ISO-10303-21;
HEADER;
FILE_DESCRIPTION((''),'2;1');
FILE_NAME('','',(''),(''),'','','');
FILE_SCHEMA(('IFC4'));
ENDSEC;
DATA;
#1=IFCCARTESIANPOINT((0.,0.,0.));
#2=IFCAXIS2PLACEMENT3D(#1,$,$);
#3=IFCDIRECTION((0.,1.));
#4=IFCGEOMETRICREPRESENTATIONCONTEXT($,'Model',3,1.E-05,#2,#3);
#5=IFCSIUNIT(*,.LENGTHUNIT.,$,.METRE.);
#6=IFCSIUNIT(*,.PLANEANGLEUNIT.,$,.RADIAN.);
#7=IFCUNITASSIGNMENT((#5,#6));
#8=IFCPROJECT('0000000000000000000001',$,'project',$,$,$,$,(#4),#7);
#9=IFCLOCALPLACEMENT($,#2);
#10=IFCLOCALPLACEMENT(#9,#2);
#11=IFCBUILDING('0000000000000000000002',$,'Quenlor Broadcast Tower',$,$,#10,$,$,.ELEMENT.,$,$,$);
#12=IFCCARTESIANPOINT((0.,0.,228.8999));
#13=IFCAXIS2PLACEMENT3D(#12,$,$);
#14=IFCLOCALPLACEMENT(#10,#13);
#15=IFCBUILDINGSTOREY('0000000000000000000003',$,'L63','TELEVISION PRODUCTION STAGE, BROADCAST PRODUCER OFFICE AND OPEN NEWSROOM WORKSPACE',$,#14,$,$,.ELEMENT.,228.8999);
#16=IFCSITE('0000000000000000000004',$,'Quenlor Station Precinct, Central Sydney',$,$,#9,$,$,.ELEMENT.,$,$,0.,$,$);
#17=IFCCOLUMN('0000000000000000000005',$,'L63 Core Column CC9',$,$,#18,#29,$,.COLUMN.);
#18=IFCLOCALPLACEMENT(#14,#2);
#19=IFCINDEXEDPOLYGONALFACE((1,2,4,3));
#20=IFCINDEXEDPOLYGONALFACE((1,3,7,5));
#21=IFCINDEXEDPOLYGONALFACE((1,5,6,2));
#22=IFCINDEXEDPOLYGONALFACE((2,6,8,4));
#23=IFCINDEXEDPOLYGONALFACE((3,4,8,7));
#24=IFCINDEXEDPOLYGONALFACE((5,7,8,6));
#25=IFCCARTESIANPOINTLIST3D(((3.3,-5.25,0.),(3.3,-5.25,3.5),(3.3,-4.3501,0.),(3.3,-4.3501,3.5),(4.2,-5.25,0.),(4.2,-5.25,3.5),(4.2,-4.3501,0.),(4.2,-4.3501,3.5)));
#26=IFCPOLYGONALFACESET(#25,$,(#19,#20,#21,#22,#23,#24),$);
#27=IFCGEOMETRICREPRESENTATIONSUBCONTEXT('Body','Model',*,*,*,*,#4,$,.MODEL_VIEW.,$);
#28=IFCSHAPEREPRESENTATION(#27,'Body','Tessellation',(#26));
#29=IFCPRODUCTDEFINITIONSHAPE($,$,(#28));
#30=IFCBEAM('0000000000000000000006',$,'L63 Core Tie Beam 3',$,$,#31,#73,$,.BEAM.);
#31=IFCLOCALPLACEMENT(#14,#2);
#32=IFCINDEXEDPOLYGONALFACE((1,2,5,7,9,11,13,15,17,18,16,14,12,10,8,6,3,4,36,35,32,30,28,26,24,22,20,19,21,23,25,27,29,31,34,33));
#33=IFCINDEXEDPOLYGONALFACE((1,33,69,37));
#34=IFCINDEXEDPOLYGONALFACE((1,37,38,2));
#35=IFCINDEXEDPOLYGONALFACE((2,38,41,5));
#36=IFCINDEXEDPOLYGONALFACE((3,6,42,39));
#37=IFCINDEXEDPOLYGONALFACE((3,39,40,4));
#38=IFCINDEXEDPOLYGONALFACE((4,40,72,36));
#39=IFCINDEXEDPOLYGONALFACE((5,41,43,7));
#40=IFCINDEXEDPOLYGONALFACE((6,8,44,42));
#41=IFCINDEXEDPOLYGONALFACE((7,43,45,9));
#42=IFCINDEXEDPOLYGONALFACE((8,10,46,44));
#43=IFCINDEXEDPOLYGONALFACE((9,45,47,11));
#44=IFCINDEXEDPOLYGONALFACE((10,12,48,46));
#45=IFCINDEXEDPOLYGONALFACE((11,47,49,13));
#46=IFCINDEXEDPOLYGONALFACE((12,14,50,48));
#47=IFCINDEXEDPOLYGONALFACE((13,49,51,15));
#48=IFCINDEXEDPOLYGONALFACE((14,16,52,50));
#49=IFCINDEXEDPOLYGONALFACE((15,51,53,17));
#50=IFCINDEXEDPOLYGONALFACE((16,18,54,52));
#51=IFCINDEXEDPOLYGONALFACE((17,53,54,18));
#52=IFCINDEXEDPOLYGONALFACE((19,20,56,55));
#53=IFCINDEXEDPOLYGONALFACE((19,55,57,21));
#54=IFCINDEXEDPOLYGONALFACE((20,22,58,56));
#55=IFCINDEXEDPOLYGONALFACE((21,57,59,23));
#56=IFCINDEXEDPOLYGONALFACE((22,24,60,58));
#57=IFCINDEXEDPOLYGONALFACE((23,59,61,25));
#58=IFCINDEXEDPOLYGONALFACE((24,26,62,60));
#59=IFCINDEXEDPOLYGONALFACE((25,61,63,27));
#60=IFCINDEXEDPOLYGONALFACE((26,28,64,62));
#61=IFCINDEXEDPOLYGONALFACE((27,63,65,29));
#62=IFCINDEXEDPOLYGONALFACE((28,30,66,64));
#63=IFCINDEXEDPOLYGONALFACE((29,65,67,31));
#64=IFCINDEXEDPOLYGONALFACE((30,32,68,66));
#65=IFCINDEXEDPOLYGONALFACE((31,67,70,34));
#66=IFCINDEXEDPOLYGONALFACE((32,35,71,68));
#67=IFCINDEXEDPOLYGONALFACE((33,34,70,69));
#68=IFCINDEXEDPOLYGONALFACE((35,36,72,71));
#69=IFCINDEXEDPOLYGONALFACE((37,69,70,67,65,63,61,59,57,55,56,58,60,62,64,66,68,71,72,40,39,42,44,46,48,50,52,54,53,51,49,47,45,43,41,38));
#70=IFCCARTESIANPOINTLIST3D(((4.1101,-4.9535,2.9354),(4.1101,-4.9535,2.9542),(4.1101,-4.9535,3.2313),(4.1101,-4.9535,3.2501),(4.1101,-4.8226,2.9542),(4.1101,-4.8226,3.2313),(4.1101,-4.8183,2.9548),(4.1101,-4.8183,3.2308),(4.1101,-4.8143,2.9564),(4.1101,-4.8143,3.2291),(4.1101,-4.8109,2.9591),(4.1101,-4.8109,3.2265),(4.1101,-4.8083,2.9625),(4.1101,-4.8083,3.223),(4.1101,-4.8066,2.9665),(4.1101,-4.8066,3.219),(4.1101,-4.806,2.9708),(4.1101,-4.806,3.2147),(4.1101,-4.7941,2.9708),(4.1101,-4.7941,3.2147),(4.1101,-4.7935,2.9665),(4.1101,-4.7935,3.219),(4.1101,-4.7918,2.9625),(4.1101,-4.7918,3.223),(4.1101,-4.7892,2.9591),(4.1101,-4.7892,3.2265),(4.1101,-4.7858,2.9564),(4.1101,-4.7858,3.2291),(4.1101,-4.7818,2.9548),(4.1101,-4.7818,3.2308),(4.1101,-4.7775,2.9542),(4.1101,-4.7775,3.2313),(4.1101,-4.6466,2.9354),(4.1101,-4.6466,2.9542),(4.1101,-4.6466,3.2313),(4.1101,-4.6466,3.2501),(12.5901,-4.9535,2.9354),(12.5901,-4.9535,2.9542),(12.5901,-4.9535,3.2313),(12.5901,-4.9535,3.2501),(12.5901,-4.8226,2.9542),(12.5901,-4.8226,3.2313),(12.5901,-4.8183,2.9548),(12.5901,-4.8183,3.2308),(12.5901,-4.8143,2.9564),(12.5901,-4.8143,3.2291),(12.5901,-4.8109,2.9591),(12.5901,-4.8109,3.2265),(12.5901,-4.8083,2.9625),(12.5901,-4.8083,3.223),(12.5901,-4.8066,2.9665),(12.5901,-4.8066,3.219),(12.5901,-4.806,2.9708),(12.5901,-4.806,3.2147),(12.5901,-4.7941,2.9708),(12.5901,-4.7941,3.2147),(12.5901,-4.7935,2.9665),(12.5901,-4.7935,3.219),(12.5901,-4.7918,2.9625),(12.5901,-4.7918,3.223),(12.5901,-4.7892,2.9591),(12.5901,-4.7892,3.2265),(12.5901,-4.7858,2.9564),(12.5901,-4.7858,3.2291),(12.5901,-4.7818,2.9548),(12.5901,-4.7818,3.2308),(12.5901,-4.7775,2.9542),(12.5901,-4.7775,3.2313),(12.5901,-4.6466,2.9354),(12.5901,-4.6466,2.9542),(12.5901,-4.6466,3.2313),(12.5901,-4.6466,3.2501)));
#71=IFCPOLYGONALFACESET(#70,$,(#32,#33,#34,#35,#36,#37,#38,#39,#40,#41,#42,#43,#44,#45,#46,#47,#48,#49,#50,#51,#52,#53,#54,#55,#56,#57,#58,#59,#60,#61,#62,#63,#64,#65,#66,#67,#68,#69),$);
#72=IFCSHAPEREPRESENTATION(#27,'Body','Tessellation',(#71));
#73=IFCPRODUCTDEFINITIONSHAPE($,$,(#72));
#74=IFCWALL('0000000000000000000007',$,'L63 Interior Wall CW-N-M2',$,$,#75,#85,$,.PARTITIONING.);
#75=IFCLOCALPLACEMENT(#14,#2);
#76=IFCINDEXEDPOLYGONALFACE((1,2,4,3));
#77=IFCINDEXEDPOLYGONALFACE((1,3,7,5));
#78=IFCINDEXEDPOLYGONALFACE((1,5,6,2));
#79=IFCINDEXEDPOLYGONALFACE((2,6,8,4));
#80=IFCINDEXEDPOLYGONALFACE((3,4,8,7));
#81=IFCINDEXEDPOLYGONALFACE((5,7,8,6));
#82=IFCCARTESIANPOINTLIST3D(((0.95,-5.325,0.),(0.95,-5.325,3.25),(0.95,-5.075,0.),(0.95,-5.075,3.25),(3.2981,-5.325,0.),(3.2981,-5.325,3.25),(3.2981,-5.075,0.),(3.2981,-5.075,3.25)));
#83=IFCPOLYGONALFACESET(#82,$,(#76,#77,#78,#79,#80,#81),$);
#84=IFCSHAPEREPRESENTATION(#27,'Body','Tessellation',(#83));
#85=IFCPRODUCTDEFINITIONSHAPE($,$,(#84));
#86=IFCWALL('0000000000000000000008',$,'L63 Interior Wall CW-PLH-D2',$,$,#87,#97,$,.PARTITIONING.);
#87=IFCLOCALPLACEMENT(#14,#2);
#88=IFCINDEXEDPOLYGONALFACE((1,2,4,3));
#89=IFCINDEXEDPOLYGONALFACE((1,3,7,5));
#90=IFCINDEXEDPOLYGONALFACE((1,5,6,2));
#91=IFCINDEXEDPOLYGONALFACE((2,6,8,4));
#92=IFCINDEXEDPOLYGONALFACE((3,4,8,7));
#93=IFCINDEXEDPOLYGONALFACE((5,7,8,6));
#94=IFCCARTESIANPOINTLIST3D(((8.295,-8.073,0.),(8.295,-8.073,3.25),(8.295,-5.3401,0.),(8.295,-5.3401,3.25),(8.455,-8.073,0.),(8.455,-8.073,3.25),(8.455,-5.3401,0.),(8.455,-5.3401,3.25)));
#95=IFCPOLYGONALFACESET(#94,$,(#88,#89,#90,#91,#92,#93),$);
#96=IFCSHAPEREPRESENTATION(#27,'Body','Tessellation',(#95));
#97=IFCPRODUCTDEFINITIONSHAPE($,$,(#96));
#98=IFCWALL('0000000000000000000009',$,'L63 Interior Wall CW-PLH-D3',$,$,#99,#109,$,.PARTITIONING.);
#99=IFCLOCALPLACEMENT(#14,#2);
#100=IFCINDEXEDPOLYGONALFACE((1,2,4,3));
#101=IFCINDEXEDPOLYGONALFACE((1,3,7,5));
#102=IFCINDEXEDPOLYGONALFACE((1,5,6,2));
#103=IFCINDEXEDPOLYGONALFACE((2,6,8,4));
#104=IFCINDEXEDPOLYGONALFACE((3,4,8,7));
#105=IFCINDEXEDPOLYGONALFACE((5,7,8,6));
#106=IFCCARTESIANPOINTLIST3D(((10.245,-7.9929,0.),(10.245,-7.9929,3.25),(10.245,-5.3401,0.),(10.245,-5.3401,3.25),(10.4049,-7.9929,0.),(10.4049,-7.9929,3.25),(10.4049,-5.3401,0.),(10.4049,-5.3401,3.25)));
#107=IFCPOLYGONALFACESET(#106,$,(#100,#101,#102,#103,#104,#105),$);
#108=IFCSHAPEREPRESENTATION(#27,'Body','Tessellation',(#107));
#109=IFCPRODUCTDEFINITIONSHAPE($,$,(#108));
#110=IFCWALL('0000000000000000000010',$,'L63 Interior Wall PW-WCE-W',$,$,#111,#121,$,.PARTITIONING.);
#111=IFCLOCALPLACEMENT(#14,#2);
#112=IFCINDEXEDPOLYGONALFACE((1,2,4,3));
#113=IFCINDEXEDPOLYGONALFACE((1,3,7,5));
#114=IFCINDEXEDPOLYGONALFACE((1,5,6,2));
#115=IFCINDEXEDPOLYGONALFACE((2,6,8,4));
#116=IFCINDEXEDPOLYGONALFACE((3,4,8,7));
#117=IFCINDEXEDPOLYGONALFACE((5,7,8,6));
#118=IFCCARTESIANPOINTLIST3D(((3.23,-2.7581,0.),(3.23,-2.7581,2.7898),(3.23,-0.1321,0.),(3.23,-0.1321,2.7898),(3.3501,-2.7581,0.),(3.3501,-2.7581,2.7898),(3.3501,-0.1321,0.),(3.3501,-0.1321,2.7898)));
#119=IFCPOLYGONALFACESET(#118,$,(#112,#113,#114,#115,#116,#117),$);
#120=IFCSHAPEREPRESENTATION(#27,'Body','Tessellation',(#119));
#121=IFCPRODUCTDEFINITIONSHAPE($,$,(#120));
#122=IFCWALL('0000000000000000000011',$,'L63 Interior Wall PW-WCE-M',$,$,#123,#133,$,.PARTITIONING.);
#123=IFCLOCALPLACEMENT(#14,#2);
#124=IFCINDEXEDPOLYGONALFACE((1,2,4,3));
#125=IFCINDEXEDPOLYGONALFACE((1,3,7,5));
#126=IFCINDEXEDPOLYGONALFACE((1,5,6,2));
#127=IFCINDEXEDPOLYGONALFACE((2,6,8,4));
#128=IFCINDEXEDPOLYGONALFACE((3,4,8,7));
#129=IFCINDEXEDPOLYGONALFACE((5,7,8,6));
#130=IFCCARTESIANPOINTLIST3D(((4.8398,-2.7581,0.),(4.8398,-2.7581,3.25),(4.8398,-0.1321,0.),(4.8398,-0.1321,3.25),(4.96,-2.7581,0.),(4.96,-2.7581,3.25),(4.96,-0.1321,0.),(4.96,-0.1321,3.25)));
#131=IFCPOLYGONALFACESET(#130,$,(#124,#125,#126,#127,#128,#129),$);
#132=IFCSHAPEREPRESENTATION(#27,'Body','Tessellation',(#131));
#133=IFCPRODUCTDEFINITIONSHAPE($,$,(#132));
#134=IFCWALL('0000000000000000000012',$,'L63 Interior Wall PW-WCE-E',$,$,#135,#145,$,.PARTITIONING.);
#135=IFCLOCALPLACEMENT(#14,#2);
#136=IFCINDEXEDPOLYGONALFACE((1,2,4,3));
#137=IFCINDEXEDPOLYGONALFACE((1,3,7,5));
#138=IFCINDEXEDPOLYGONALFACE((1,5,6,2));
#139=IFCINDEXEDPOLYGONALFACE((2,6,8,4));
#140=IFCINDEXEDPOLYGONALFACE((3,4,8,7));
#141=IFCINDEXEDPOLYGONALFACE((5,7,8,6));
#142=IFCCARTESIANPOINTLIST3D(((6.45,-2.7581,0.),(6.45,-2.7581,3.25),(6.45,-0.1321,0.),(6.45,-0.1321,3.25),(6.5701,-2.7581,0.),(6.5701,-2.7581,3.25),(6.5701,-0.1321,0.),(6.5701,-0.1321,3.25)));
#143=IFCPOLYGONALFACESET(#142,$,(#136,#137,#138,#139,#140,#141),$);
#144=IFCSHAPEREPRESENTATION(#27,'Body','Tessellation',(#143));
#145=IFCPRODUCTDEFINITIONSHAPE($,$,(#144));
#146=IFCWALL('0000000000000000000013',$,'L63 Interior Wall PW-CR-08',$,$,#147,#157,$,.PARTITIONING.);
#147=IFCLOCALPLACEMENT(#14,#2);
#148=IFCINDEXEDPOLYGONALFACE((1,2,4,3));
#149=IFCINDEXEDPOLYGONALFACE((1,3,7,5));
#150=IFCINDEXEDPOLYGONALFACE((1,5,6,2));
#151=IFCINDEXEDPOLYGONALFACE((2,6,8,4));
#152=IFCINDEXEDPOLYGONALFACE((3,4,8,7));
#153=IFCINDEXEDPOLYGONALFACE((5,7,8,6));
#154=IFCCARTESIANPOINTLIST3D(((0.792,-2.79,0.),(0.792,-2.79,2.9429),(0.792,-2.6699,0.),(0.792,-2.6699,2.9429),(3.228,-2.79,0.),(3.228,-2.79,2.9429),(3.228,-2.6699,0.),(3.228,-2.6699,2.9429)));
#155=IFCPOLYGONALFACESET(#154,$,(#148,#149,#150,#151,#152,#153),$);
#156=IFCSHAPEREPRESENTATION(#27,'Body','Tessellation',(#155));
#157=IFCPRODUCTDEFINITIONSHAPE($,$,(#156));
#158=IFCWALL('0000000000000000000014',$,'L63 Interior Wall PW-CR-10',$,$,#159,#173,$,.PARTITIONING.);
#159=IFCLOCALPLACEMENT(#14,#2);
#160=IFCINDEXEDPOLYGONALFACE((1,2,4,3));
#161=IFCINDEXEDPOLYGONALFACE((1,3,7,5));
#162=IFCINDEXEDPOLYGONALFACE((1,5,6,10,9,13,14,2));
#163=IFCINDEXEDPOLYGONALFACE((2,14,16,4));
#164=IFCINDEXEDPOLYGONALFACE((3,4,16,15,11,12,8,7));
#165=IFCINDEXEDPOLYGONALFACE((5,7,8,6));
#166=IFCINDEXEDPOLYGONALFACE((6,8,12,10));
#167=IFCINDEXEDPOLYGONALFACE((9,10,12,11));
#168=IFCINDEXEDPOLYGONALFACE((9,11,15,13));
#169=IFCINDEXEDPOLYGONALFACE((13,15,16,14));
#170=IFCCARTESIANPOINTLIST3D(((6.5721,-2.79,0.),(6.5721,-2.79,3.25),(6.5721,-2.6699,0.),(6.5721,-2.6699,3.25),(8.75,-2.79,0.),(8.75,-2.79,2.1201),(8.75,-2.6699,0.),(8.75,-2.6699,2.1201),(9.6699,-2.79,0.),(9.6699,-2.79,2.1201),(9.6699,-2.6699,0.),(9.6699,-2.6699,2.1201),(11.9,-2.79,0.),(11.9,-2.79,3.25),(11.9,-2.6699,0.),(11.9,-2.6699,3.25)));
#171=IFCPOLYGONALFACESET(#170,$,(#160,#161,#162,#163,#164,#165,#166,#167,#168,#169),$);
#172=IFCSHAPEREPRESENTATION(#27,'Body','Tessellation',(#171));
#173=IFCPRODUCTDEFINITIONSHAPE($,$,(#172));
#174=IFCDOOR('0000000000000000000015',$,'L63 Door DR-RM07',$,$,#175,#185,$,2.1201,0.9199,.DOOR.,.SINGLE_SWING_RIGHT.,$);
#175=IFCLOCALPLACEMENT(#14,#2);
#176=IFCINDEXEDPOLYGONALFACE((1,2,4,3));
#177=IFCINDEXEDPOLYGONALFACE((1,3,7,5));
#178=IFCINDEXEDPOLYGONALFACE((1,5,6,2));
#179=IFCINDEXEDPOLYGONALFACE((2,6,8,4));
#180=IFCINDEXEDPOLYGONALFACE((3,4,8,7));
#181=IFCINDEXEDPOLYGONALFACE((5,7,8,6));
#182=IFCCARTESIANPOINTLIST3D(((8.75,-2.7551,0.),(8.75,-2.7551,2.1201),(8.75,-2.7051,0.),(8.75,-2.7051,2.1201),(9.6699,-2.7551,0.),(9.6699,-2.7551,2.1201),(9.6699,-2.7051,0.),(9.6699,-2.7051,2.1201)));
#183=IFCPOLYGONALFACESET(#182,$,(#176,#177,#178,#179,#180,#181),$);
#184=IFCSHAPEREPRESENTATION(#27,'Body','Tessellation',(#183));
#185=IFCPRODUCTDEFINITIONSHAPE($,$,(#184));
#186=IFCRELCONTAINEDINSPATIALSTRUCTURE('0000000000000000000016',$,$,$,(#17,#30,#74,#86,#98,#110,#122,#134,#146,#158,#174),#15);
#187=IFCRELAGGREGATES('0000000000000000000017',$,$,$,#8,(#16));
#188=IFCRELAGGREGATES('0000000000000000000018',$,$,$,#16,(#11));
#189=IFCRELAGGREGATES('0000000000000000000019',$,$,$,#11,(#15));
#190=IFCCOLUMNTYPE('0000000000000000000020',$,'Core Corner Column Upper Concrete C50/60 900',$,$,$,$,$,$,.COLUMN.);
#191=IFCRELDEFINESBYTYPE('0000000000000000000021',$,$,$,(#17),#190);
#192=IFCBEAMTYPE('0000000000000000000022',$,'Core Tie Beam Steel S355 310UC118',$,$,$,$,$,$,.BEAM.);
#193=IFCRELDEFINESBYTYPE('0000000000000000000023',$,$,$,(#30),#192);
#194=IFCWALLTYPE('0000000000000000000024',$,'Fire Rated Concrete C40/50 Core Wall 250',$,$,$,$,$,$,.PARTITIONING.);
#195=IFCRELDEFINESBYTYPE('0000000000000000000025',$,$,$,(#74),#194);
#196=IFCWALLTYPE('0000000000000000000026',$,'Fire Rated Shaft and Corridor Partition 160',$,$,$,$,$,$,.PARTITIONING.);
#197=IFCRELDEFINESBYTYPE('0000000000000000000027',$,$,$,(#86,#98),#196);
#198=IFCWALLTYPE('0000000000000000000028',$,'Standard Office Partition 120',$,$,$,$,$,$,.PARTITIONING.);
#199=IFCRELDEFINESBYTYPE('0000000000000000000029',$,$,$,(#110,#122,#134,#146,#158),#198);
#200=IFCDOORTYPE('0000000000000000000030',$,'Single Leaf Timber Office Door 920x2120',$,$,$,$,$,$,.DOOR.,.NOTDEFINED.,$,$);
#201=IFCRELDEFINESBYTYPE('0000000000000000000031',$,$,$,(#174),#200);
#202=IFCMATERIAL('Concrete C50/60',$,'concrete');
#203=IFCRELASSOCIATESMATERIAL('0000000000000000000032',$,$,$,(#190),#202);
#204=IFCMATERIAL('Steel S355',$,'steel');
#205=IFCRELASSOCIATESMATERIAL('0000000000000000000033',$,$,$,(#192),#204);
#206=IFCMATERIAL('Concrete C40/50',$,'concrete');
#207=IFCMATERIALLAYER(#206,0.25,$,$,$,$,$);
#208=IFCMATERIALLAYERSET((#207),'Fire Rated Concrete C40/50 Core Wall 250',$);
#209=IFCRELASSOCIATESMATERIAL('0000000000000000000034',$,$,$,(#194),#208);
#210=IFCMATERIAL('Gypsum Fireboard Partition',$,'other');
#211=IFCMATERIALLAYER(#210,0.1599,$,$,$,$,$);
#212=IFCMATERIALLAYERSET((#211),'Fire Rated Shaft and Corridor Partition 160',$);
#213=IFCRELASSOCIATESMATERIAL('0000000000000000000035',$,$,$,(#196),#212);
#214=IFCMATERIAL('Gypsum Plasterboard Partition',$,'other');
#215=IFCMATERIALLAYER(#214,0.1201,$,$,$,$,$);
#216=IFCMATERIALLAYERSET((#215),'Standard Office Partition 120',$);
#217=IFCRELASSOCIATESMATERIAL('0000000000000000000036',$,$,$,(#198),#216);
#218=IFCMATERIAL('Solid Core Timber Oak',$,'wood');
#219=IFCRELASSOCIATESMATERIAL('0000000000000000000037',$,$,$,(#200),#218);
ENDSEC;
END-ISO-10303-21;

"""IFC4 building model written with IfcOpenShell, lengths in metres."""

from ifc_helpers import new_model, si_unit, direction, frame, frame_2d, origin, origin_2d, place, context, subcontext, project, spatial, rectangle, i_section, extrude, material, layer, layer_set, material_profile, profile_set, type_object, element, fill, save


model = new_model("IFC4")

# Units and contexts
model_context = context("Model", 3, precision=1e-05, world=origin(), true_north=direction((0.0, 1.0)))
body_context = subcontext(model_context, "Body", "Model", "MODEL_VIEW")
ifc_project = project(units=[si_unit("LENGTHUNIT", "METRE"), si_unit("PLANEANGLEUNIT", "RADIAN")], contexts=[model_context])

# Site, building, storey
site_placement = place(None, origin())
site = spatial("IfcSite", under=ifc_project, at=site_placement, Name="Quenlor Station Precinct, Central Sydney", CompositionType="ELEMENT", RefElevation=0.0)
building_placement = place(site_placement, origin())
building = spatial("IfcBuilding", under=site, at=building_placement, Name="Quenlor Broadcast Tower", CompositionType="ELEMENT")
storey_placement = place(building_placement, frame((0.0, 0.0, 228.8999)))
storey = spatial("IfcBuildingStorey", under=building, at=storey_placement, Name="L63", Description="TELEVISION PRODUCTION STAGE, BROADCAST PRODUCER OFFICE AND OPEN NEWSROOM WORKSPACE", CompositionType="ELEMENT", Elevation=228.8999)

# Column
ifc_material_1 = material(Name="Concrete C50/60", Category="concrete")
ifc_material_profile_1 = material_profile(ifc_material_1, rectangle(XDim=0.8999, YDim=0.8999, at=origin_2d()))
ifc_profile_set_1 = profile_set([ifc_material_profile_1], Name="Concrete C50/60 RC900x900")
column_type = type_object("IfcColumnType", Name="Core Corner Column Upper Concrete C50/60 900", PredefinedType="COLUMN", material=ifc_profile_set_1)
column_placement = place(storey_placement, frame((3.75, -4.8, 0.0), z_axis=(0.0, 0.0, 1.0), x_axis=(1.0, 0.0, 0.0)))
element("IfcColumn", 1, at=column_placement, inside=storey, type_object=column_type, Name="L63 Core Column CC9", PredefinedType="COLUMN", context=body_context, shape_type="SweptSolid", body=[
    extrude(rectangle(XDim=0.8999, YDim=0.8999, at=origin_2d()), origin(), (0.0, 0.0, 1.0), 3.5),
])

# Beam
ifc_material_2 = material(Name="Steel S355", Category="steel")
ifc_material_profile_2 = material_profile(ifc_material_2, i_section(OverallWidth=0.3069, OverallDepth=0.3147, WebThickness=0.012, FlangeThickness=0.0188, FilletRadius=0.0166, at=origin_2d()))
ifc_profile_set_2 = profile_set([ifc_material_profile_2], Name="Steel S355 310UC118")
beam_type = type_object("IfcBeamType", Name="Core Tie Beam Steel S355 310UC118", PredefinedType="BEAM", material=ifc_profile_set_2)
beam_placement = place(storey_placement, frame((4.1101, -4.8, 3.0928), z_axis=(1.0, 0.0, 0.0), x_axis=(0.0, 1.0, 0.0)))
element("IfcBeam", 2, at=beam_placement, inside=storey, type_object=beam_type, Name="L63 Core Tie Beam 3", PredefinedType="BEAM", context=body_context, shape_type="SweptSolid", body=[
    extrude(i_section(OverallWidth=0.3069, OverallDepth=0.3147, WebThickness=0.012, FlangeThickness=0.0188, FilletRadius=0.0166, at=origin_2d()), origin(), (0.0, 0.0, 1.0), 8.48),
])

# Shared definitions
ifc_material_3 = material(Name="Concrete C40/50", Category="concrete")
ifc_layer_1 = layer(ifc_material_3, 0.25)
ifc_layer_set_1 = layer_set([ifc_layer_1], Name="Fire Rated Concrete C40/50 Core Wall 250")
wall_type_1 = type_object("IfcWallType", Name="Fire Rated Concrete C40/50 Core Wall 250", PredefinedType="PARTITIONING", material=ifc_layer_set_1)

# Walls
wall_1_placement = place(storey_placement, frame((0.95, -5.2, 0.0), z_axis=(0.0, 0.0, 1.0), x_axis=(1.0, 0.0, 0.0)))
element("IfcWall", 3, at=wall_1_placement, inside=storey, type_object=wall_type_1, Name="L63 Interior Wall CW-N-M2", PredefinedType="PARTITIONING", context=body_context, shape_type="SweptSolid", body=[
    extrude(rectangle(XDim=2.3481, YDim=0.25, at=frame_2d((1.1741, 0.0))), origin(), (0.0, 0.0, 1.0), 3.25),
])
ifc_material_4 = material(Name="Gypsum Fireboard Partition", Category="other")
ifc_layer_2 = layer(ifc_material_4, 0.1599)
ifc_layer_set_2 = layer_set([ifc_layer_2], Name="Fire Rated Shaft and Corridor Partition 160")
wall_type_2 = type_object("IfcWallType", Name="Fire Rated Shaft and Corridor Partition 160", PredefinedType="PARTITIONING", material=ifc_layer_set_2)
wall_2_placement = place(storey_placement, frame((8.375, -8.073, 0.0), z_axis=(0.0, 0.0, 1.0), x_axis=(0.0, 1.0, 0.0)))
element("IfcWall", 4, at=wall_2_placement, inside=storey, type_object=wall_type_2, Name="L63 Interior Wall CW-PLH-D2", PredefinedType="PARTITIONING", context=body_context, shape_type="SweptSolid", body=[
    extrude(rectangle(XDim=2.7329, YDim=0.1599, at=frame_2d((1.3665, 0.0))), origin(), (0.0, 0.0, 1.0), 3.25),
])
wall_3_placement = place(storey_placement, frame((10.325, -7.9929, 0.0), z_axis=(0.0, 0.0, 1.0), x_axis=(0.0, 1.0, 0.0)))
element("IfcWall", 5, at=wall_3_placement, inside=storey, type_object=wall_type_2, Name="L63 Interior Wall CW-PLH-D3", PredefinedType="PARTITIONING", context=body_context, shape_type="SweptSolid", body=[
    extrude(rectangle(XDim=2.6528, YDim=0.1599, at=frame_2d((1.3264, 0.0))), origin(), (0.0, 0.0, 1.0), 3.25),
])

# Shared definitions
ifc_material_5 = material(Name="Gypsum Plasterboard Partition", Category="other")
ifc_layer_3 = layer(ifc_material_5, 0.1201)
ifc_layer_set_3 = layer_set([ifc_layer_3], Name="Standard Office Partition 120")
wall_type_3 = type_object("IfcWallType", Name="Standard Office Partition 120", PredefinedType="PARTITIONING", material=ifc_layer_set_3)

# Walls
wall_4_placement = place(storey_placement, frame((3.29, -2.7581, 0.0), z_axis=(0.0, 0.0, 1.0), x_axis=(0.0, 1.0, 0.0)))
element("IfcWall", 6, at=wall_4_placement, inside=storey, type_object=wall_type_3, Name="L63 Interior Wall PW-WCE-W", PredefinedType="PARTITIONING", context=body_context, shape_type="SweptSolid", body=[
    extrude(rectangle(XDim=2.626, YDim=0.1201, at=frame_2d((1.313, 0.0))), origin(), (0.0, 0.0, 1.0), 2.7898),
])
for number, where, z_axis, x_axis, name in (
    (7, (4.8999, -2.7581, 0.0), (0.0, 0.0, 1.0), (0.0, 1.0, 0.0), "L63 Interior Wall PW-WCE-M"),
    (8, (6.51, -2.7581, 0.0), (0.0, 0.0, 1.0), (0.0, 1.0, 0.0), "L63 Interior Wall PW-WCE-E"),
):
    element("IfcWall", number, at=place(storey_placement, frame(where, z_axis=z_axis, x_axis=x_axis)), inside=storey, type_object=wall_type_3, Name=name, PredefinedType="PARTITIONING", context=body_context, shape_type="SweptSolid", body=[
        extrude(rectangle(XDim=2.626, YDim=0.1201, at=frame_2d((1.313, 0.0))), origin(), (0.0, 0.0, 1.0), 3.25),
    ])
wall_5_placement = place(storey_placement, frame((0.792, -2.73, 0.0), z_axis=(0.0, 0.0, 1.0), x_axis=(1.0, 0.0, 0.0)))
element("IfcWall", 9, at=wall_5_placement, inside=storey, type_object=wall_type_3, Name="L63 Interior Wall PW-CR-08", PredefinedType="PARTITIONING", context=body_context, shape_type="SweptSolid", body=[
    extrude(rectangle(XDim=2.436, YDim=0.1201, at=frame_2d((1.218, 0.0))), origin(), (0.0, 0.0, 1.0), 2.9429),
])

# Wall, opening, door
wall_6_placement = place(storey_placement, frame((6.572, -2.73, 0.0), z_axis=(0.0, 0.0, 1.0), x_axis=(1.0, 0.0, 0.0)))
wall_6 = element("IfcWall", 10, at=wall_6_placement, inside=storey, type_object=wall_type_3, Name="L63 Interior Wall PW-CR-10", PredefinedType="PARTITIONING", context=body_context, shape_type="SweptSolid", body=[
    extrude(rectangle(XDim=5.3279, YDim=0.1201, at=frame_2d((2.6641, 0.0))), origin(), (0.0, 0.0, 1.0), 3.25),
])
opening_1_placement = place(wall_6_placement, frame((2.178, 0.0, 0.0)))
opening_1 = element("IfcOpeningElement", 11, at=opening_1_placement, cuts=wall_6, PredefinedType="OPENING", context=body_context, shape_type="SweptSolid", body=[
    extrude(rectangle(XDim=0.9199, YDim=2.1201, at=frame_2d((0.46, 1.0601))), frame((0.0, 0.0701, 0.0), z_axis=(0.0, -1.0, 0.0), x_axis=(1.0, 0.0, 0.0)), (0.0, 0.0, 1.0), 0.1401),
])
ifc_material_6 = material(Name="Solid Core Timber Oak", Category="wood")
door_type_1 = type_object("IfcDoorType", Name="Single Leaf Timber Office Door 920x2120", OperationType="NOTDEFINED", PredefinedType="DOOR", material=ifc_material_6)
door_1_placement = place(opening_1_placement, origin())
door_1 = element("IfcDoor", 12, at=door_1_placement, inside=storey, type_object=door_type_1, Name="L63 Door DR-RM07", OperationType="SINGLE_SWING_RIGHT", OverallHeight=2.1201, OverallWidth=0.9199, PredefinedType="DOOR", context=body_context, shape_type="SweptSolid", body=[
    extrude(rectangle(XDim=0.9199, YDim=2.1201, at=frame_2d((0.46, 1.0601))), frame((0.0, 0.0249, 0.0), z_axis=(0.0, -1.0, 0.0), x_axis=(1.0, 0.0, 0.0)), (0.0, 0.0, 1.0), 0.05),
])
fill(opening_1, door_1)

save(model, "model.ifc")
